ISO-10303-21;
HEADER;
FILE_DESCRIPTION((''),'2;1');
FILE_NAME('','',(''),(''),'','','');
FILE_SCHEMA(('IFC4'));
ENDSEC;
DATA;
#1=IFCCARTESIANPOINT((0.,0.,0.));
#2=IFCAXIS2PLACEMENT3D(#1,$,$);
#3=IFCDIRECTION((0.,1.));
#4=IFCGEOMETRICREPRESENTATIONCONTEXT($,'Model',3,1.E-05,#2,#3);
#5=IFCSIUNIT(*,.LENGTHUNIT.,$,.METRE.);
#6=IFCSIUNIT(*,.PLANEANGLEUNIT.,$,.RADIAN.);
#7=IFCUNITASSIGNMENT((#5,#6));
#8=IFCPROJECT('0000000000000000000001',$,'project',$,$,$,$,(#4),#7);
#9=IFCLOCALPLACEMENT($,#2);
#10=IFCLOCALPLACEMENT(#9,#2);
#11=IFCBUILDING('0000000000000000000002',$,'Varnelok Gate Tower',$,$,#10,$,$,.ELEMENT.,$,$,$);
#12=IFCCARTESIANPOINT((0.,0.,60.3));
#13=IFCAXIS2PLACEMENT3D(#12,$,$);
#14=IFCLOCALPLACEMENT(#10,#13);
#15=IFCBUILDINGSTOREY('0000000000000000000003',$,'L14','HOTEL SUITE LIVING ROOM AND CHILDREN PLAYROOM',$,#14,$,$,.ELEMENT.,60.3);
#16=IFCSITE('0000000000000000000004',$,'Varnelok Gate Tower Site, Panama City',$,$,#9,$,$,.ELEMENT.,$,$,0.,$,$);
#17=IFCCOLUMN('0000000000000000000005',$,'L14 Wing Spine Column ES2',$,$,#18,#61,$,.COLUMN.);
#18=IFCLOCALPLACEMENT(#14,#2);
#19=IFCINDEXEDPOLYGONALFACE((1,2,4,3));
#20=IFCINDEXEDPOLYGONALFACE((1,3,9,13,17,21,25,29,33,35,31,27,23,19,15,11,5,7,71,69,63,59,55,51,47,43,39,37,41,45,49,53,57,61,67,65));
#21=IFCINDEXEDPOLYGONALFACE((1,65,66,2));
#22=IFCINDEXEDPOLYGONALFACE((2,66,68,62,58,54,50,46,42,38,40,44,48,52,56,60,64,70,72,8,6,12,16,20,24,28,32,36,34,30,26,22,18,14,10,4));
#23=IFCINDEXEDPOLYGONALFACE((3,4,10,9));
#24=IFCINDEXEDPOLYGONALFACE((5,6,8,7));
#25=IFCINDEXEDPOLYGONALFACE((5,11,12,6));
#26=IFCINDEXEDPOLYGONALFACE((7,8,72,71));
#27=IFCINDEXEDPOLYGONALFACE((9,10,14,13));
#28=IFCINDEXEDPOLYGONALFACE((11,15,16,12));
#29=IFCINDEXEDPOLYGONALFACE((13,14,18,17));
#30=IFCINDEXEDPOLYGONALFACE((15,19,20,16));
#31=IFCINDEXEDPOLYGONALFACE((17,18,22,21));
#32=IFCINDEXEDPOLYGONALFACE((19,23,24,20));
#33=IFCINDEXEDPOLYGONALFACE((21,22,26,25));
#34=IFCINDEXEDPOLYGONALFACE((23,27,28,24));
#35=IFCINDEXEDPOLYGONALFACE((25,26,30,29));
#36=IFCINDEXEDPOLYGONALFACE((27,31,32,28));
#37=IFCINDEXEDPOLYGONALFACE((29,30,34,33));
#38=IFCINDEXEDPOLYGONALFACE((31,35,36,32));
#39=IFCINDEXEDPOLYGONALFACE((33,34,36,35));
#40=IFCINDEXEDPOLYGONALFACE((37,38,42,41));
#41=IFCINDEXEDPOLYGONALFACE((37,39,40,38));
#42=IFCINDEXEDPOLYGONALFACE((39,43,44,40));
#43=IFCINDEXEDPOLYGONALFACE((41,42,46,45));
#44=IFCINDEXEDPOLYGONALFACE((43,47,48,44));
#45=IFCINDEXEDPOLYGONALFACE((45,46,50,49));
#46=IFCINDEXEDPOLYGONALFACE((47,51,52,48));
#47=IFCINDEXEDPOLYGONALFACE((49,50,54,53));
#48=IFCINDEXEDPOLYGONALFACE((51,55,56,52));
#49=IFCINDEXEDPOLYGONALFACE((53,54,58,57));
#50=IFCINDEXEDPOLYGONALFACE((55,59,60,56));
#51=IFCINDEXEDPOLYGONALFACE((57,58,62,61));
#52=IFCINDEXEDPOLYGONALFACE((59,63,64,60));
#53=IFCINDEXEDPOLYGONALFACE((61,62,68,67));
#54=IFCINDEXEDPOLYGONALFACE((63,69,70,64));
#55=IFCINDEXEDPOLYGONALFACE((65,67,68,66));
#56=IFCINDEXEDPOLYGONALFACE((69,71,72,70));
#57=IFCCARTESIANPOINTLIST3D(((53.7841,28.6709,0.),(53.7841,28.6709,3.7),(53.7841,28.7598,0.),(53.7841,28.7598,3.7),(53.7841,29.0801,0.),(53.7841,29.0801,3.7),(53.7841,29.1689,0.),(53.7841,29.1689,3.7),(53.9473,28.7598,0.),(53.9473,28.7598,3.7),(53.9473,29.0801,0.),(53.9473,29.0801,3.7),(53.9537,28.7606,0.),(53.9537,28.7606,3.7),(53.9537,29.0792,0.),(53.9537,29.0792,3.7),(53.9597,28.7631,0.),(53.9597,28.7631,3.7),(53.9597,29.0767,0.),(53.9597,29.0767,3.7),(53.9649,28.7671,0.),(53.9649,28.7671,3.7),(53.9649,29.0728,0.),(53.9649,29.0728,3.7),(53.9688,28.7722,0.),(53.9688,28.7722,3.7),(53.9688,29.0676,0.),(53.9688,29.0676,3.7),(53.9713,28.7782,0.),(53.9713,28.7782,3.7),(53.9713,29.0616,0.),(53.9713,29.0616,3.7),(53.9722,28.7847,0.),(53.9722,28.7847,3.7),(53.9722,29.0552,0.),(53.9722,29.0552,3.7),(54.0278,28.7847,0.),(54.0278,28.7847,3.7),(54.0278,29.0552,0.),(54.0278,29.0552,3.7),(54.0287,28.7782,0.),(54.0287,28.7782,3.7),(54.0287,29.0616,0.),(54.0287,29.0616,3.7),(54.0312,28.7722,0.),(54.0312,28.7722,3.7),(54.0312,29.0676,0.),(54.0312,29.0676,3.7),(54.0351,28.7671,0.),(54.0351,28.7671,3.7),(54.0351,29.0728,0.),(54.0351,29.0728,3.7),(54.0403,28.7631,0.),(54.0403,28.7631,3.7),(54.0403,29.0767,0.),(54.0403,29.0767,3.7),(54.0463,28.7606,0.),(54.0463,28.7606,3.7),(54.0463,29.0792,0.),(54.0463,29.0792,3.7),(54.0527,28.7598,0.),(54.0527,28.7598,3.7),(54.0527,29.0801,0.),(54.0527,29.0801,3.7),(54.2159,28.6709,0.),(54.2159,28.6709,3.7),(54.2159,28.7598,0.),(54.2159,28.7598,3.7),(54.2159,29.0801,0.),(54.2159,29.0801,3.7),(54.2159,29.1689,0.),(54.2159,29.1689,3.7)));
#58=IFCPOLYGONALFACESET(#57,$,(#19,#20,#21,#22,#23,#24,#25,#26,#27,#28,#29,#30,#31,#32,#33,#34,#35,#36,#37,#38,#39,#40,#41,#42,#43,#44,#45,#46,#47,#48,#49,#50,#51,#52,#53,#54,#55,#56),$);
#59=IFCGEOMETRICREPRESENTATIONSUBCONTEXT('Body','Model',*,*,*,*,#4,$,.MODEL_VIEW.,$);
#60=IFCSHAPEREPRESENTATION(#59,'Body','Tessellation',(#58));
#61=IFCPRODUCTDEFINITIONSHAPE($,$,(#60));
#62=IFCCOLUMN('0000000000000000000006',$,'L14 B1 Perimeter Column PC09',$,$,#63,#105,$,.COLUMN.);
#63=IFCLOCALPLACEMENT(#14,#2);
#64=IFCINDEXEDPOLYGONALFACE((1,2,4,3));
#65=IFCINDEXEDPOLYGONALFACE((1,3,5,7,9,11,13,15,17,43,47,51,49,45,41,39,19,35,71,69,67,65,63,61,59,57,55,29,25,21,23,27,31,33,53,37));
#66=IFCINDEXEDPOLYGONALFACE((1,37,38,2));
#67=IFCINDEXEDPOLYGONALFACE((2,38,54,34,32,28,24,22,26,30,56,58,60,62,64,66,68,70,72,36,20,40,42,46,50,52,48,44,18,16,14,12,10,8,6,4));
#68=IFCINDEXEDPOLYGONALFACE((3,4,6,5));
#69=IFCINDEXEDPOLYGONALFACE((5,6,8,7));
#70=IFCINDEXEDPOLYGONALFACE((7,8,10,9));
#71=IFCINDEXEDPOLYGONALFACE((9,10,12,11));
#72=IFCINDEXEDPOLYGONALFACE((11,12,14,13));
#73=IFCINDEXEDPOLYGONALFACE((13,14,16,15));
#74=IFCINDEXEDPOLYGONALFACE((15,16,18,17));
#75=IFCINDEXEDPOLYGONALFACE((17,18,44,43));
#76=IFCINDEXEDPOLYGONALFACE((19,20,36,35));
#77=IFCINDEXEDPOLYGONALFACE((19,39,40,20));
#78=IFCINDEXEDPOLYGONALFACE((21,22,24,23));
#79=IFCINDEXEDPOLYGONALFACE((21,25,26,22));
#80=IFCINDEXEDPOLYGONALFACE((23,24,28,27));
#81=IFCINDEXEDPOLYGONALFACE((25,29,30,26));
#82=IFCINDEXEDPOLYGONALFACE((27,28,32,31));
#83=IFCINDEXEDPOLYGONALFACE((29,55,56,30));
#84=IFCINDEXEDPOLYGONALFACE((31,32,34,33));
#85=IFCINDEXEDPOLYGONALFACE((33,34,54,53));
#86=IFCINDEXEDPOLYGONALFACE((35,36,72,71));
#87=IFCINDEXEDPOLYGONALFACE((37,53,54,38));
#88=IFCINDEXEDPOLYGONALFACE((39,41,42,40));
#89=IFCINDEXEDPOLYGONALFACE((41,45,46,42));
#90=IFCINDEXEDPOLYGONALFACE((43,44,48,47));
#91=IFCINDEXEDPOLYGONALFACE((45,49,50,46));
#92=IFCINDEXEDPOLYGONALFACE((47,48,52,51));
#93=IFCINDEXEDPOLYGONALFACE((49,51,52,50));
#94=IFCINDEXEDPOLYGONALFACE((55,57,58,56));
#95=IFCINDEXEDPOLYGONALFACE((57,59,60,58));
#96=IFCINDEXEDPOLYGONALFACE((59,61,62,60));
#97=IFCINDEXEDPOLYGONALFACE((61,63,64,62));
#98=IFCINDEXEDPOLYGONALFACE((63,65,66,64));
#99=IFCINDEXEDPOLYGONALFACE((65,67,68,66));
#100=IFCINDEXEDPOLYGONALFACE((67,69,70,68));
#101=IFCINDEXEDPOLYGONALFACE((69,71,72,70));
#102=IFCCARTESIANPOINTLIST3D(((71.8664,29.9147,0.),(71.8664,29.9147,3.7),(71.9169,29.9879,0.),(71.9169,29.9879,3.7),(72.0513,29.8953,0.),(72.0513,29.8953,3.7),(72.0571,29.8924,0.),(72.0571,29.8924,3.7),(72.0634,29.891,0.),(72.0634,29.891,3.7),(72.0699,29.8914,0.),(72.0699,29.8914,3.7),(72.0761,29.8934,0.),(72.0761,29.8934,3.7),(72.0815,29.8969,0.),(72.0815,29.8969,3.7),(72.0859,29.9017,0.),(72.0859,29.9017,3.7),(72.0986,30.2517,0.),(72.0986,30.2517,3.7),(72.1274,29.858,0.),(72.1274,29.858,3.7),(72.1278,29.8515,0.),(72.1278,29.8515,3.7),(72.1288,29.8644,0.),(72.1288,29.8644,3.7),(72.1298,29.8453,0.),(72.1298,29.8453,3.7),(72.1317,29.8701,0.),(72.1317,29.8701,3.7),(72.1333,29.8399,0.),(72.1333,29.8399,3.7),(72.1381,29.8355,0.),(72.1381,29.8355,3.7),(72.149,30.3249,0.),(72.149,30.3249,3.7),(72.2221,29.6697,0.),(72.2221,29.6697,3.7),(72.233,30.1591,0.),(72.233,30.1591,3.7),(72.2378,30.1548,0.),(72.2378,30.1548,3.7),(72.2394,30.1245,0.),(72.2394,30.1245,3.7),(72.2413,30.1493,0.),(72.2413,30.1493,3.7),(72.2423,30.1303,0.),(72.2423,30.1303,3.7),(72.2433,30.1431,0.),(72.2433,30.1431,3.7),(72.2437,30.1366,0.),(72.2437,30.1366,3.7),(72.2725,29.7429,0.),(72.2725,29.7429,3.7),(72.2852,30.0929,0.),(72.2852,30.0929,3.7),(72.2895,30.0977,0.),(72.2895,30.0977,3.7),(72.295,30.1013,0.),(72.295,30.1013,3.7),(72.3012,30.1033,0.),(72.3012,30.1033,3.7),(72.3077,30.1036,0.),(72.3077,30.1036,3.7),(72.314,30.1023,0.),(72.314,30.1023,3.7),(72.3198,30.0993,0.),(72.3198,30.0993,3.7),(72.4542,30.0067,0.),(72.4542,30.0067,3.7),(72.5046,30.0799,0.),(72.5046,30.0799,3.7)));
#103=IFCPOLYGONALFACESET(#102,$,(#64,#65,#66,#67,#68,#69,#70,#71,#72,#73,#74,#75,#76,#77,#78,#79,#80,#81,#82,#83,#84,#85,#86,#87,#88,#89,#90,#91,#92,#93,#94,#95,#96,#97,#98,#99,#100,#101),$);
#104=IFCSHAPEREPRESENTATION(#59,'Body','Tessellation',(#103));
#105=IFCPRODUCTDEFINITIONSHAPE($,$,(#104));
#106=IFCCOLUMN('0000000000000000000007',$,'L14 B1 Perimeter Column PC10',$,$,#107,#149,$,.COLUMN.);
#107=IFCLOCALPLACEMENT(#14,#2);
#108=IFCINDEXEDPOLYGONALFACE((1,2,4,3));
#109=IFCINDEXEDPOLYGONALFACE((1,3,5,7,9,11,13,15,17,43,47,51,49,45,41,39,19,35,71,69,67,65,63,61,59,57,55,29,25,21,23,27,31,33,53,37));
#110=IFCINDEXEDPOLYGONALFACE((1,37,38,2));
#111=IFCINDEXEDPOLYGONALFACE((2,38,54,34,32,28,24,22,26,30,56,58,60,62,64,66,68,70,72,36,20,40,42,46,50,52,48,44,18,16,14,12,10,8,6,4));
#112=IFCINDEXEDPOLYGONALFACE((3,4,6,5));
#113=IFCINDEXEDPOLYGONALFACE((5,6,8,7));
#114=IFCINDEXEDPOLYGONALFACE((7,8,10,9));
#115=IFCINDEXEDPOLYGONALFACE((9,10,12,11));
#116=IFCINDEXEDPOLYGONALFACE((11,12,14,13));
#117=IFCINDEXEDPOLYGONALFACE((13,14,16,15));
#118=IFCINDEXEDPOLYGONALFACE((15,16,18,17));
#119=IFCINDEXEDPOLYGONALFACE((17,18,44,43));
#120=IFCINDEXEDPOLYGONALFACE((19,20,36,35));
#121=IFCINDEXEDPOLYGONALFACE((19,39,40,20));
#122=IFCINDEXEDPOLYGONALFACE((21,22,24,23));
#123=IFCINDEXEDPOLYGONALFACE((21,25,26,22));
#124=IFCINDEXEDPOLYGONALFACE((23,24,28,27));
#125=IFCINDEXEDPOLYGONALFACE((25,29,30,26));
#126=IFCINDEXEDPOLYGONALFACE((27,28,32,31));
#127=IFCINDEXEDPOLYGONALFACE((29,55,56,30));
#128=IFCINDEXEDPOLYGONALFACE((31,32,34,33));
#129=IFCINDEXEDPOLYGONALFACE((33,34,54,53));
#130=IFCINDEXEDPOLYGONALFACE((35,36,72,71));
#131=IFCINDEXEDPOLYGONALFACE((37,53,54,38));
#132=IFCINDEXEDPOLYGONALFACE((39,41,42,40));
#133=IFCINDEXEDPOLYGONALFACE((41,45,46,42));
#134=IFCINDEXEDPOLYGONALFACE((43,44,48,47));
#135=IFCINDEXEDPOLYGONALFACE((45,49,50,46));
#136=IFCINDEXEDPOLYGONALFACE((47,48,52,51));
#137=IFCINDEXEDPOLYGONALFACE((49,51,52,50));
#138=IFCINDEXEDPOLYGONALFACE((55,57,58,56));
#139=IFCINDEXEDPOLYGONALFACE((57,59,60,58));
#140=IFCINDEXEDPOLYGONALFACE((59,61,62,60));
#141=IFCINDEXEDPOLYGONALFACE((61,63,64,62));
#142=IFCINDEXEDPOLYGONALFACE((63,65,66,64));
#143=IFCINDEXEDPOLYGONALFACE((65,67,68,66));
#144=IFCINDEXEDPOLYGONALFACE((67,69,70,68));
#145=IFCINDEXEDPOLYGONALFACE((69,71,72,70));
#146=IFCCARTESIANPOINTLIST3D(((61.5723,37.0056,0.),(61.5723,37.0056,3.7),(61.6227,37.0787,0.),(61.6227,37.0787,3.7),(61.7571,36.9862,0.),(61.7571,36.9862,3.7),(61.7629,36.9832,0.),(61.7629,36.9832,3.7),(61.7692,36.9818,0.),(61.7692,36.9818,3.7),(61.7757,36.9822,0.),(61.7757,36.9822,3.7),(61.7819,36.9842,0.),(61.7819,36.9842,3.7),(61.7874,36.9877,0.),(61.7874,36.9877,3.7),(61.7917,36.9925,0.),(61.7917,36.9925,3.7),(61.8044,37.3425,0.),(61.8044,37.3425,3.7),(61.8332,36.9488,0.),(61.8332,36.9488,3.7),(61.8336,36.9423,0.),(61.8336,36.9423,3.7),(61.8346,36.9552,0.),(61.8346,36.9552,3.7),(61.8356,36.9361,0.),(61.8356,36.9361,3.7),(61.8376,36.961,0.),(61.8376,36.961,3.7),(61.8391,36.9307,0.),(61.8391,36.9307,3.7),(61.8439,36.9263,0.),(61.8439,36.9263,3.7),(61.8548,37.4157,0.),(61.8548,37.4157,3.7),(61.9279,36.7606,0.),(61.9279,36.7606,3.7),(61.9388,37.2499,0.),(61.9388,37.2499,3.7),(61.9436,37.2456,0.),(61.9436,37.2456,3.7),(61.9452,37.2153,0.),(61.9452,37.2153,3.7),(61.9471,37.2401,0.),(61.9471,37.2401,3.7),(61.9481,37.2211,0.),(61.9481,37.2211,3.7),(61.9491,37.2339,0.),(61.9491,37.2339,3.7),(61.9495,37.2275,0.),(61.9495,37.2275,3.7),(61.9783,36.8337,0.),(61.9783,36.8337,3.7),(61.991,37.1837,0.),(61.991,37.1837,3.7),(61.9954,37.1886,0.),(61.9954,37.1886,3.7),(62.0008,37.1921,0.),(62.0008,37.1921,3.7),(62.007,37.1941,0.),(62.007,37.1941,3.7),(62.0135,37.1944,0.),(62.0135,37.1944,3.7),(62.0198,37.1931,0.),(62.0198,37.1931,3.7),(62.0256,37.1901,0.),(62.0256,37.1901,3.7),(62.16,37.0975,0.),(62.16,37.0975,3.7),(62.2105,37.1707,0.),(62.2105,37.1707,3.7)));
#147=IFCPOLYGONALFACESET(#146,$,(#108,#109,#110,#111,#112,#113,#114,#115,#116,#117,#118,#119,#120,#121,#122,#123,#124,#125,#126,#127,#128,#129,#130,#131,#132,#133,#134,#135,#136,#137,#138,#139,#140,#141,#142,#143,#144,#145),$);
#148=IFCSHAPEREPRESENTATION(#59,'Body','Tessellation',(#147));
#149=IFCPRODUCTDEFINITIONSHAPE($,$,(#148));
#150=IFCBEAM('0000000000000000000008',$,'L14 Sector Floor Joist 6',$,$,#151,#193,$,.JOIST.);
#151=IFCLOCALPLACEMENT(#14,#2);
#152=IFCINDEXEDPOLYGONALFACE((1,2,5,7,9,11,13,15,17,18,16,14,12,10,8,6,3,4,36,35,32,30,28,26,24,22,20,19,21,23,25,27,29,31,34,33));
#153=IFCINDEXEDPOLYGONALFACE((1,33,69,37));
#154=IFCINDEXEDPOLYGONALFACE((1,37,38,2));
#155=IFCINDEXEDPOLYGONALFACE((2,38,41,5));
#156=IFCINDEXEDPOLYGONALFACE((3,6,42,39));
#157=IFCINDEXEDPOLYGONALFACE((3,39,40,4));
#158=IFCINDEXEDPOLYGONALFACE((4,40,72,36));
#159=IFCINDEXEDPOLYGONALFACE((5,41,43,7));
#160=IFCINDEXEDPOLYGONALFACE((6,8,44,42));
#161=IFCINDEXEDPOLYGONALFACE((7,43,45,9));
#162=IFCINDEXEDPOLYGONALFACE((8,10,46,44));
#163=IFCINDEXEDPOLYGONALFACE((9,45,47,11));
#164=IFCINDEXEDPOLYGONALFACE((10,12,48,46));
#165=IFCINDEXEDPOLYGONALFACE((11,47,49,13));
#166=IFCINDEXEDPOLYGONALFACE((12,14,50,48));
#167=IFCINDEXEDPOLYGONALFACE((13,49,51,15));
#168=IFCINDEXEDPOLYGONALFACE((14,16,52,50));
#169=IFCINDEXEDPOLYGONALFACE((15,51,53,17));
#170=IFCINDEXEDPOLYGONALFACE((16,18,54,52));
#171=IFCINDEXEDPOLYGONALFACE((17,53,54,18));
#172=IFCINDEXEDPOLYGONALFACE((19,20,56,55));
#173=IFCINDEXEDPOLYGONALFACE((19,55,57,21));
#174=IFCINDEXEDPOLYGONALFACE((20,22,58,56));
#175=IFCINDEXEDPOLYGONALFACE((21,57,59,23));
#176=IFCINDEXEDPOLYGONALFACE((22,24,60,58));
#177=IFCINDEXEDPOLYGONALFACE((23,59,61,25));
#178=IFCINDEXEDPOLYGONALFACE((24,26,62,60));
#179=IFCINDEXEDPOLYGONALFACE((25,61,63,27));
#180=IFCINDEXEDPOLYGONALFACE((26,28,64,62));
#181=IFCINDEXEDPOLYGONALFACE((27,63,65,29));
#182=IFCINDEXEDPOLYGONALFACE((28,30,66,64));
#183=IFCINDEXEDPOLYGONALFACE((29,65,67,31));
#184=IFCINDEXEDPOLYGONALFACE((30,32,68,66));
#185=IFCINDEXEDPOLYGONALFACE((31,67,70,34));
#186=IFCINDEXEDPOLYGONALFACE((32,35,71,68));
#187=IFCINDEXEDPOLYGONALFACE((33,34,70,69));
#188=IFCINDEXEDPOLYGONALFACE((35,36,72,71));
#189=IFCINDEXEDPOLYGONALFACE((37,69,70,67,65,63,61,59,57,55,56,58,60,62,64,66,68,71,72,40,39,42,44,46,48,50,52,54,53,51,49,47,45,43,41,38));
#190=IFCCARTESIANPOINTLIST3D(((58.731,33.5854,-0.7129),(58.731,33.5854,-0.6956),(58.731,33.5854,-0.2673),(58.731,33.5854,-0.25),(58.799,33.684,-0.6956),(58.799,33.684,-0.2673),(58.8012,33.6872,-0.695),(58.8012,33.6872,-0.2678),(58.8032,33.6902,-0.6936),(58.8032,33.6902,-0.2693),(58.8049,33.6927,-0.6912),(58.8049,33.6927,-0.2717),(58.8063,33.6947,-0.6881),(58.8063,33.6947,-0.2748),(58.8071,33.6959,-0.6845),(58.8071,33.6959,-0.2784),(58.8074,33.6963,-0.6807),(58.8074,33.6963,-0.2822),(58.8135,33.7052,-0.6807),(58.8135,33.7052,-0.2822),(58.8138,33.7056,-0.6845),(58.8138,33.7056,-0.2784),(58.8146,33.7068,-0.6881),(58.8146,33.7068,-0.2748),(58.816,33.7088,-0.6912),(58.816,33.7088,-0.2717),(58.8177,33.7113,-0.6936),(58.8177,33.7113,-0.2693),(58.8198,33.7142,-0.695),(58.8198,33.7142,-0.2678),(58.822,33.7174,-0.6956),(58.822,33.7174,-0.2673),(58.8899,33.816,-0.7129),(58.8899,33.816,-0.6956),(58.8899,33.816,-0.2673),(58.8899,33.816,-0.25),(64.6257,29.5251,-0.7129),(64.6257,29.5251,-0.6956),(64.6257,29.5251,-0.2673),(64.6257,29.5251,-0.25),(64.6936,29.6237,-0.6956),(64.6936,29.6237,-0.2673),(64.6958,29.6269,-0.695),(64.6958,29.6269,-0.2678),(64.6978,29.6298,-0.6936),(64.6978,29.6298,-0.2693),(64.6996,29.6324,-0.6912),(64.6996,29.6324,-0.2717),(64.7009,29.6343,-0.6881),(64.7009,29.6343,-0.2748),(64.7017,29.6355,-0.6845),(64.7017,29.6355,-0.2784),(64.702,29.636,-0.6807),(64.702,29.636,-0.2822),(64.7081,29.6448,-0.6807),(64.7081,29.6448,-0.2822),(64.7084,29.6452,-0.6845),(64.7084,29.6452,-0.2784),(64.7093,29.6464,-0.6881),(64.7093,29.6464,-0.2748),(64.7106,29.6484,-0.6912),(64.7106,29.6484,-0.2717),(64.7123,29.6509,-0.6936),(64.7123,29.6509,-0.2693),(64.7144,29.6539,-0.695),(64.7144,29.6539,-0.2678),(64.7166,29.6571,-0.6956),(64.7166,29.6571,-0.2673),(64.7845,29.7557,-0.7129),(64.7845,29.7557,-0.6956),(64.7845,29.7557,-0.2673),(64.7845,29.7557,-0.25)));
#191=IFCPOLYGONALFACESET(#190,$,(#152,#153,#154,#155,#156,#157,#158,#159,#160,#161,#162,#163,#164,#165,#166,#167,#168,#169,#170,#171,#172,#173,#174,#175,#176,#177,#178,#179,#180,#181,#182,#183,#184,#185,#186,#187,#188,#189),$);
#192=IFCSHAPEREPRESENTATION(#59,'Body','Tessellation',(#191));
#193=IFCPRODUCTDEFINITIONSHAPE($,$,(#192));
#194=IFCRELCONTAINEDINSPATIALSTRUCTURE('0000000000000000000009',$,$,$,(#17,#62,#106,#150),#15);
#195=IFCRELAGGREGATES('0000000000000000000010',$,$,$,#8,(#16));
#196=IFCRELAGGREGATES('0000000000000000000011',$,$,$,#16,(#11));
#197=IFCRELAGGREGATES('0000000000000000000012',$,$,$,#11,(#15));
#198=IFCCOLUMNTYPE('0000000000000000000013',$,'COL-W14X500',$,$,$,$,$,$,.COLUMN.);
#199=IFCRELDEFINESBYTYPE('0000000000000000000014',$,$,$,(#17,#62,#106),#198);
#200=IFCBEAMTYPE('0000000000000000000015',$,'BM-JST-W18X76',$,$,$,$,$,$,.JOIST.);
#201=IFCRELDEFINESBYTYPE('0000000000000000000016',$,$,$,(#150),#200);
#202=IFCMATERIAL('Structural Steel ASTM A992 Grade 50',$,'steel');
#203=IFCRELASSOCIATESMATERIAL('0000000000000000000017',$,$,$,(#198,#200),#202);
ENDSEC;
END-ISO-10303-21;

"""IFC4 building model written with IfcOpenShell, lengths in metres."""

from ifc_helpers import new_model, si_unit, direction, frame, origin, origin_2d, place, context, subcontext, project, spatial, i_section, extrude, material, material_profile, profile_set, type_object, element, save


model = new_model("IFC4")

# Units and contexts
model_context = context("Model", 3, precision=1e-05, world=origin(), true_north=direction((0.0, 1.0)))
body_context = subcontext(model_context, "Body", "Model", "MODEL_VIEW")
ifc_project = project(units=[si_unit("LENGTHUNIT", "METRE"), si_unit("PLANEANGLEUNIT", "RADIAN")], contexts=[model_context])

# Site, building, storey
site_placement = place(None, origin())
site = spatial("IfcSite", under=ifc_project, at=site_placement, Name="Varnelok Gate Tower Site, Panama City", CompositionType="ELEMENT", RefElevation=0.0)
building_placement = place(site_placement, origin())
building = spatial("IfcBuilding", under=site, at=building_placement, Name="Varnelok Gate Tower", CompositionType="ELEMENT")
storey_placement = place(building_placement, frame((0.0, 0.0, 60.3)))
storey = spatial("IfcBuildingStorey", under=building, at=storey_placement, Name="L14", Description="HOTEL SUITE LIVING ROOM AND CHILDREN PLAYROOM", CompositionType="ELEMENT", Elevation=60.3)

# Columns
ifc_material_1 = material(Name="Structural Steel ASTM A992 Grade 50", Category="steel")
ifc_material_profile_1 = material_profile(ifc_material_1, i_section(OverallWidth=0.4319, OverallDepth=0.498, WebThickness=0.0557, FlangeThickness=0.0889, FilletRadius=0.0249, at=origin_2d()), Name="W14X500")
ifc_profile_set_1 = profile_set([ifc_material_profile_1], Name="Structural Steel ASTM A992 Grade 50")
column_type = type_object("IfcColumnType", Name="COL-W14X500", PredefinedType="COLUMN", material=ifc_profile_set_1)
for number, where, z_axis, x_axis, name in (
    (1, (54.0, 28.9199, 0.0), (0.0, 0.0, 1.0), (1.0, 0.0, 0.0), "L14 Wing Spine Column ES2"),
    (2, (72.1855, 29.9973, 0.0), (0.0, 0.0, 1.0), (0.823533, -0.567269, 0.0), "L14 B1 Perimeter Column PC09"),
    (3, (61.8914, 37.0881, 0.0), (0.0, 0.0, 1.0), (0.823533, -0.567269, 0.0), "L14 B1 Perimeter Column PC10"),
):
    element("IfcColumn", number, at=place(storey_placement, frame(where, z_axis=z_axis, x_axis=x_axis)), inside=storey, type_object=column_type, Name=name, PredefinedType="COLUMN", context=body_context, shape_type="SweptSolid", body=[
        extrude(i_section(OverallWidth=0.4319, OverallDepth=0.498, WebThickness=0.0557, FlangeThickness=0.0889, FilletRadius=0.0249, at=origin_2d()), origin(), (0.0, 0.0, 1.0), 3.7),
    ])

# Beam
ifc_material_profile_2 = material_profile(ifc_material_1, i_section(OverallWidth=0.28, OverallDepth=0.4629, WebThickness=0.0107, FlangeThickness=0.0173, FilletRadius=0.0149, at=origin_2d()), Name="W18X76")
ifc_profile_set_2 = profile_set([ifc_material_profile_2], Name="Structural Steel ASTM A992 Grade 50")
beam_type_1 = type_object("IfcBeamType", Name="BM-JST-W18X76", PredefinedType="JOIST", material=ifc_profile_set_2)
beam_1_placement = place(storey_placement, frame((64.7051, 29.6404, -0.4814), z_axis=(-0.823532, 0.56727, 0.0), x_axis=(-0.56727, -0.823532, 0.0)))
element("IfcBeam", 4, at=beam_1_placement, inside=storey, type_object=beam_type_1, Name="L14 Sector Floor Joist 6", PredefinedType="JOIST", context=body_context, shape_type="SweptSolid", body=[
    extrude(i_section(OverallWidth=0.28, OverallDepth=0.4629, WebThickness=0.0107, FlangeThickness=0.0173, FilletRadius=0.0149, at=origin_2d()), origin(), (0.0, 0.0, 1.0), 7.1577),
])

save(model, "model.ifc")
